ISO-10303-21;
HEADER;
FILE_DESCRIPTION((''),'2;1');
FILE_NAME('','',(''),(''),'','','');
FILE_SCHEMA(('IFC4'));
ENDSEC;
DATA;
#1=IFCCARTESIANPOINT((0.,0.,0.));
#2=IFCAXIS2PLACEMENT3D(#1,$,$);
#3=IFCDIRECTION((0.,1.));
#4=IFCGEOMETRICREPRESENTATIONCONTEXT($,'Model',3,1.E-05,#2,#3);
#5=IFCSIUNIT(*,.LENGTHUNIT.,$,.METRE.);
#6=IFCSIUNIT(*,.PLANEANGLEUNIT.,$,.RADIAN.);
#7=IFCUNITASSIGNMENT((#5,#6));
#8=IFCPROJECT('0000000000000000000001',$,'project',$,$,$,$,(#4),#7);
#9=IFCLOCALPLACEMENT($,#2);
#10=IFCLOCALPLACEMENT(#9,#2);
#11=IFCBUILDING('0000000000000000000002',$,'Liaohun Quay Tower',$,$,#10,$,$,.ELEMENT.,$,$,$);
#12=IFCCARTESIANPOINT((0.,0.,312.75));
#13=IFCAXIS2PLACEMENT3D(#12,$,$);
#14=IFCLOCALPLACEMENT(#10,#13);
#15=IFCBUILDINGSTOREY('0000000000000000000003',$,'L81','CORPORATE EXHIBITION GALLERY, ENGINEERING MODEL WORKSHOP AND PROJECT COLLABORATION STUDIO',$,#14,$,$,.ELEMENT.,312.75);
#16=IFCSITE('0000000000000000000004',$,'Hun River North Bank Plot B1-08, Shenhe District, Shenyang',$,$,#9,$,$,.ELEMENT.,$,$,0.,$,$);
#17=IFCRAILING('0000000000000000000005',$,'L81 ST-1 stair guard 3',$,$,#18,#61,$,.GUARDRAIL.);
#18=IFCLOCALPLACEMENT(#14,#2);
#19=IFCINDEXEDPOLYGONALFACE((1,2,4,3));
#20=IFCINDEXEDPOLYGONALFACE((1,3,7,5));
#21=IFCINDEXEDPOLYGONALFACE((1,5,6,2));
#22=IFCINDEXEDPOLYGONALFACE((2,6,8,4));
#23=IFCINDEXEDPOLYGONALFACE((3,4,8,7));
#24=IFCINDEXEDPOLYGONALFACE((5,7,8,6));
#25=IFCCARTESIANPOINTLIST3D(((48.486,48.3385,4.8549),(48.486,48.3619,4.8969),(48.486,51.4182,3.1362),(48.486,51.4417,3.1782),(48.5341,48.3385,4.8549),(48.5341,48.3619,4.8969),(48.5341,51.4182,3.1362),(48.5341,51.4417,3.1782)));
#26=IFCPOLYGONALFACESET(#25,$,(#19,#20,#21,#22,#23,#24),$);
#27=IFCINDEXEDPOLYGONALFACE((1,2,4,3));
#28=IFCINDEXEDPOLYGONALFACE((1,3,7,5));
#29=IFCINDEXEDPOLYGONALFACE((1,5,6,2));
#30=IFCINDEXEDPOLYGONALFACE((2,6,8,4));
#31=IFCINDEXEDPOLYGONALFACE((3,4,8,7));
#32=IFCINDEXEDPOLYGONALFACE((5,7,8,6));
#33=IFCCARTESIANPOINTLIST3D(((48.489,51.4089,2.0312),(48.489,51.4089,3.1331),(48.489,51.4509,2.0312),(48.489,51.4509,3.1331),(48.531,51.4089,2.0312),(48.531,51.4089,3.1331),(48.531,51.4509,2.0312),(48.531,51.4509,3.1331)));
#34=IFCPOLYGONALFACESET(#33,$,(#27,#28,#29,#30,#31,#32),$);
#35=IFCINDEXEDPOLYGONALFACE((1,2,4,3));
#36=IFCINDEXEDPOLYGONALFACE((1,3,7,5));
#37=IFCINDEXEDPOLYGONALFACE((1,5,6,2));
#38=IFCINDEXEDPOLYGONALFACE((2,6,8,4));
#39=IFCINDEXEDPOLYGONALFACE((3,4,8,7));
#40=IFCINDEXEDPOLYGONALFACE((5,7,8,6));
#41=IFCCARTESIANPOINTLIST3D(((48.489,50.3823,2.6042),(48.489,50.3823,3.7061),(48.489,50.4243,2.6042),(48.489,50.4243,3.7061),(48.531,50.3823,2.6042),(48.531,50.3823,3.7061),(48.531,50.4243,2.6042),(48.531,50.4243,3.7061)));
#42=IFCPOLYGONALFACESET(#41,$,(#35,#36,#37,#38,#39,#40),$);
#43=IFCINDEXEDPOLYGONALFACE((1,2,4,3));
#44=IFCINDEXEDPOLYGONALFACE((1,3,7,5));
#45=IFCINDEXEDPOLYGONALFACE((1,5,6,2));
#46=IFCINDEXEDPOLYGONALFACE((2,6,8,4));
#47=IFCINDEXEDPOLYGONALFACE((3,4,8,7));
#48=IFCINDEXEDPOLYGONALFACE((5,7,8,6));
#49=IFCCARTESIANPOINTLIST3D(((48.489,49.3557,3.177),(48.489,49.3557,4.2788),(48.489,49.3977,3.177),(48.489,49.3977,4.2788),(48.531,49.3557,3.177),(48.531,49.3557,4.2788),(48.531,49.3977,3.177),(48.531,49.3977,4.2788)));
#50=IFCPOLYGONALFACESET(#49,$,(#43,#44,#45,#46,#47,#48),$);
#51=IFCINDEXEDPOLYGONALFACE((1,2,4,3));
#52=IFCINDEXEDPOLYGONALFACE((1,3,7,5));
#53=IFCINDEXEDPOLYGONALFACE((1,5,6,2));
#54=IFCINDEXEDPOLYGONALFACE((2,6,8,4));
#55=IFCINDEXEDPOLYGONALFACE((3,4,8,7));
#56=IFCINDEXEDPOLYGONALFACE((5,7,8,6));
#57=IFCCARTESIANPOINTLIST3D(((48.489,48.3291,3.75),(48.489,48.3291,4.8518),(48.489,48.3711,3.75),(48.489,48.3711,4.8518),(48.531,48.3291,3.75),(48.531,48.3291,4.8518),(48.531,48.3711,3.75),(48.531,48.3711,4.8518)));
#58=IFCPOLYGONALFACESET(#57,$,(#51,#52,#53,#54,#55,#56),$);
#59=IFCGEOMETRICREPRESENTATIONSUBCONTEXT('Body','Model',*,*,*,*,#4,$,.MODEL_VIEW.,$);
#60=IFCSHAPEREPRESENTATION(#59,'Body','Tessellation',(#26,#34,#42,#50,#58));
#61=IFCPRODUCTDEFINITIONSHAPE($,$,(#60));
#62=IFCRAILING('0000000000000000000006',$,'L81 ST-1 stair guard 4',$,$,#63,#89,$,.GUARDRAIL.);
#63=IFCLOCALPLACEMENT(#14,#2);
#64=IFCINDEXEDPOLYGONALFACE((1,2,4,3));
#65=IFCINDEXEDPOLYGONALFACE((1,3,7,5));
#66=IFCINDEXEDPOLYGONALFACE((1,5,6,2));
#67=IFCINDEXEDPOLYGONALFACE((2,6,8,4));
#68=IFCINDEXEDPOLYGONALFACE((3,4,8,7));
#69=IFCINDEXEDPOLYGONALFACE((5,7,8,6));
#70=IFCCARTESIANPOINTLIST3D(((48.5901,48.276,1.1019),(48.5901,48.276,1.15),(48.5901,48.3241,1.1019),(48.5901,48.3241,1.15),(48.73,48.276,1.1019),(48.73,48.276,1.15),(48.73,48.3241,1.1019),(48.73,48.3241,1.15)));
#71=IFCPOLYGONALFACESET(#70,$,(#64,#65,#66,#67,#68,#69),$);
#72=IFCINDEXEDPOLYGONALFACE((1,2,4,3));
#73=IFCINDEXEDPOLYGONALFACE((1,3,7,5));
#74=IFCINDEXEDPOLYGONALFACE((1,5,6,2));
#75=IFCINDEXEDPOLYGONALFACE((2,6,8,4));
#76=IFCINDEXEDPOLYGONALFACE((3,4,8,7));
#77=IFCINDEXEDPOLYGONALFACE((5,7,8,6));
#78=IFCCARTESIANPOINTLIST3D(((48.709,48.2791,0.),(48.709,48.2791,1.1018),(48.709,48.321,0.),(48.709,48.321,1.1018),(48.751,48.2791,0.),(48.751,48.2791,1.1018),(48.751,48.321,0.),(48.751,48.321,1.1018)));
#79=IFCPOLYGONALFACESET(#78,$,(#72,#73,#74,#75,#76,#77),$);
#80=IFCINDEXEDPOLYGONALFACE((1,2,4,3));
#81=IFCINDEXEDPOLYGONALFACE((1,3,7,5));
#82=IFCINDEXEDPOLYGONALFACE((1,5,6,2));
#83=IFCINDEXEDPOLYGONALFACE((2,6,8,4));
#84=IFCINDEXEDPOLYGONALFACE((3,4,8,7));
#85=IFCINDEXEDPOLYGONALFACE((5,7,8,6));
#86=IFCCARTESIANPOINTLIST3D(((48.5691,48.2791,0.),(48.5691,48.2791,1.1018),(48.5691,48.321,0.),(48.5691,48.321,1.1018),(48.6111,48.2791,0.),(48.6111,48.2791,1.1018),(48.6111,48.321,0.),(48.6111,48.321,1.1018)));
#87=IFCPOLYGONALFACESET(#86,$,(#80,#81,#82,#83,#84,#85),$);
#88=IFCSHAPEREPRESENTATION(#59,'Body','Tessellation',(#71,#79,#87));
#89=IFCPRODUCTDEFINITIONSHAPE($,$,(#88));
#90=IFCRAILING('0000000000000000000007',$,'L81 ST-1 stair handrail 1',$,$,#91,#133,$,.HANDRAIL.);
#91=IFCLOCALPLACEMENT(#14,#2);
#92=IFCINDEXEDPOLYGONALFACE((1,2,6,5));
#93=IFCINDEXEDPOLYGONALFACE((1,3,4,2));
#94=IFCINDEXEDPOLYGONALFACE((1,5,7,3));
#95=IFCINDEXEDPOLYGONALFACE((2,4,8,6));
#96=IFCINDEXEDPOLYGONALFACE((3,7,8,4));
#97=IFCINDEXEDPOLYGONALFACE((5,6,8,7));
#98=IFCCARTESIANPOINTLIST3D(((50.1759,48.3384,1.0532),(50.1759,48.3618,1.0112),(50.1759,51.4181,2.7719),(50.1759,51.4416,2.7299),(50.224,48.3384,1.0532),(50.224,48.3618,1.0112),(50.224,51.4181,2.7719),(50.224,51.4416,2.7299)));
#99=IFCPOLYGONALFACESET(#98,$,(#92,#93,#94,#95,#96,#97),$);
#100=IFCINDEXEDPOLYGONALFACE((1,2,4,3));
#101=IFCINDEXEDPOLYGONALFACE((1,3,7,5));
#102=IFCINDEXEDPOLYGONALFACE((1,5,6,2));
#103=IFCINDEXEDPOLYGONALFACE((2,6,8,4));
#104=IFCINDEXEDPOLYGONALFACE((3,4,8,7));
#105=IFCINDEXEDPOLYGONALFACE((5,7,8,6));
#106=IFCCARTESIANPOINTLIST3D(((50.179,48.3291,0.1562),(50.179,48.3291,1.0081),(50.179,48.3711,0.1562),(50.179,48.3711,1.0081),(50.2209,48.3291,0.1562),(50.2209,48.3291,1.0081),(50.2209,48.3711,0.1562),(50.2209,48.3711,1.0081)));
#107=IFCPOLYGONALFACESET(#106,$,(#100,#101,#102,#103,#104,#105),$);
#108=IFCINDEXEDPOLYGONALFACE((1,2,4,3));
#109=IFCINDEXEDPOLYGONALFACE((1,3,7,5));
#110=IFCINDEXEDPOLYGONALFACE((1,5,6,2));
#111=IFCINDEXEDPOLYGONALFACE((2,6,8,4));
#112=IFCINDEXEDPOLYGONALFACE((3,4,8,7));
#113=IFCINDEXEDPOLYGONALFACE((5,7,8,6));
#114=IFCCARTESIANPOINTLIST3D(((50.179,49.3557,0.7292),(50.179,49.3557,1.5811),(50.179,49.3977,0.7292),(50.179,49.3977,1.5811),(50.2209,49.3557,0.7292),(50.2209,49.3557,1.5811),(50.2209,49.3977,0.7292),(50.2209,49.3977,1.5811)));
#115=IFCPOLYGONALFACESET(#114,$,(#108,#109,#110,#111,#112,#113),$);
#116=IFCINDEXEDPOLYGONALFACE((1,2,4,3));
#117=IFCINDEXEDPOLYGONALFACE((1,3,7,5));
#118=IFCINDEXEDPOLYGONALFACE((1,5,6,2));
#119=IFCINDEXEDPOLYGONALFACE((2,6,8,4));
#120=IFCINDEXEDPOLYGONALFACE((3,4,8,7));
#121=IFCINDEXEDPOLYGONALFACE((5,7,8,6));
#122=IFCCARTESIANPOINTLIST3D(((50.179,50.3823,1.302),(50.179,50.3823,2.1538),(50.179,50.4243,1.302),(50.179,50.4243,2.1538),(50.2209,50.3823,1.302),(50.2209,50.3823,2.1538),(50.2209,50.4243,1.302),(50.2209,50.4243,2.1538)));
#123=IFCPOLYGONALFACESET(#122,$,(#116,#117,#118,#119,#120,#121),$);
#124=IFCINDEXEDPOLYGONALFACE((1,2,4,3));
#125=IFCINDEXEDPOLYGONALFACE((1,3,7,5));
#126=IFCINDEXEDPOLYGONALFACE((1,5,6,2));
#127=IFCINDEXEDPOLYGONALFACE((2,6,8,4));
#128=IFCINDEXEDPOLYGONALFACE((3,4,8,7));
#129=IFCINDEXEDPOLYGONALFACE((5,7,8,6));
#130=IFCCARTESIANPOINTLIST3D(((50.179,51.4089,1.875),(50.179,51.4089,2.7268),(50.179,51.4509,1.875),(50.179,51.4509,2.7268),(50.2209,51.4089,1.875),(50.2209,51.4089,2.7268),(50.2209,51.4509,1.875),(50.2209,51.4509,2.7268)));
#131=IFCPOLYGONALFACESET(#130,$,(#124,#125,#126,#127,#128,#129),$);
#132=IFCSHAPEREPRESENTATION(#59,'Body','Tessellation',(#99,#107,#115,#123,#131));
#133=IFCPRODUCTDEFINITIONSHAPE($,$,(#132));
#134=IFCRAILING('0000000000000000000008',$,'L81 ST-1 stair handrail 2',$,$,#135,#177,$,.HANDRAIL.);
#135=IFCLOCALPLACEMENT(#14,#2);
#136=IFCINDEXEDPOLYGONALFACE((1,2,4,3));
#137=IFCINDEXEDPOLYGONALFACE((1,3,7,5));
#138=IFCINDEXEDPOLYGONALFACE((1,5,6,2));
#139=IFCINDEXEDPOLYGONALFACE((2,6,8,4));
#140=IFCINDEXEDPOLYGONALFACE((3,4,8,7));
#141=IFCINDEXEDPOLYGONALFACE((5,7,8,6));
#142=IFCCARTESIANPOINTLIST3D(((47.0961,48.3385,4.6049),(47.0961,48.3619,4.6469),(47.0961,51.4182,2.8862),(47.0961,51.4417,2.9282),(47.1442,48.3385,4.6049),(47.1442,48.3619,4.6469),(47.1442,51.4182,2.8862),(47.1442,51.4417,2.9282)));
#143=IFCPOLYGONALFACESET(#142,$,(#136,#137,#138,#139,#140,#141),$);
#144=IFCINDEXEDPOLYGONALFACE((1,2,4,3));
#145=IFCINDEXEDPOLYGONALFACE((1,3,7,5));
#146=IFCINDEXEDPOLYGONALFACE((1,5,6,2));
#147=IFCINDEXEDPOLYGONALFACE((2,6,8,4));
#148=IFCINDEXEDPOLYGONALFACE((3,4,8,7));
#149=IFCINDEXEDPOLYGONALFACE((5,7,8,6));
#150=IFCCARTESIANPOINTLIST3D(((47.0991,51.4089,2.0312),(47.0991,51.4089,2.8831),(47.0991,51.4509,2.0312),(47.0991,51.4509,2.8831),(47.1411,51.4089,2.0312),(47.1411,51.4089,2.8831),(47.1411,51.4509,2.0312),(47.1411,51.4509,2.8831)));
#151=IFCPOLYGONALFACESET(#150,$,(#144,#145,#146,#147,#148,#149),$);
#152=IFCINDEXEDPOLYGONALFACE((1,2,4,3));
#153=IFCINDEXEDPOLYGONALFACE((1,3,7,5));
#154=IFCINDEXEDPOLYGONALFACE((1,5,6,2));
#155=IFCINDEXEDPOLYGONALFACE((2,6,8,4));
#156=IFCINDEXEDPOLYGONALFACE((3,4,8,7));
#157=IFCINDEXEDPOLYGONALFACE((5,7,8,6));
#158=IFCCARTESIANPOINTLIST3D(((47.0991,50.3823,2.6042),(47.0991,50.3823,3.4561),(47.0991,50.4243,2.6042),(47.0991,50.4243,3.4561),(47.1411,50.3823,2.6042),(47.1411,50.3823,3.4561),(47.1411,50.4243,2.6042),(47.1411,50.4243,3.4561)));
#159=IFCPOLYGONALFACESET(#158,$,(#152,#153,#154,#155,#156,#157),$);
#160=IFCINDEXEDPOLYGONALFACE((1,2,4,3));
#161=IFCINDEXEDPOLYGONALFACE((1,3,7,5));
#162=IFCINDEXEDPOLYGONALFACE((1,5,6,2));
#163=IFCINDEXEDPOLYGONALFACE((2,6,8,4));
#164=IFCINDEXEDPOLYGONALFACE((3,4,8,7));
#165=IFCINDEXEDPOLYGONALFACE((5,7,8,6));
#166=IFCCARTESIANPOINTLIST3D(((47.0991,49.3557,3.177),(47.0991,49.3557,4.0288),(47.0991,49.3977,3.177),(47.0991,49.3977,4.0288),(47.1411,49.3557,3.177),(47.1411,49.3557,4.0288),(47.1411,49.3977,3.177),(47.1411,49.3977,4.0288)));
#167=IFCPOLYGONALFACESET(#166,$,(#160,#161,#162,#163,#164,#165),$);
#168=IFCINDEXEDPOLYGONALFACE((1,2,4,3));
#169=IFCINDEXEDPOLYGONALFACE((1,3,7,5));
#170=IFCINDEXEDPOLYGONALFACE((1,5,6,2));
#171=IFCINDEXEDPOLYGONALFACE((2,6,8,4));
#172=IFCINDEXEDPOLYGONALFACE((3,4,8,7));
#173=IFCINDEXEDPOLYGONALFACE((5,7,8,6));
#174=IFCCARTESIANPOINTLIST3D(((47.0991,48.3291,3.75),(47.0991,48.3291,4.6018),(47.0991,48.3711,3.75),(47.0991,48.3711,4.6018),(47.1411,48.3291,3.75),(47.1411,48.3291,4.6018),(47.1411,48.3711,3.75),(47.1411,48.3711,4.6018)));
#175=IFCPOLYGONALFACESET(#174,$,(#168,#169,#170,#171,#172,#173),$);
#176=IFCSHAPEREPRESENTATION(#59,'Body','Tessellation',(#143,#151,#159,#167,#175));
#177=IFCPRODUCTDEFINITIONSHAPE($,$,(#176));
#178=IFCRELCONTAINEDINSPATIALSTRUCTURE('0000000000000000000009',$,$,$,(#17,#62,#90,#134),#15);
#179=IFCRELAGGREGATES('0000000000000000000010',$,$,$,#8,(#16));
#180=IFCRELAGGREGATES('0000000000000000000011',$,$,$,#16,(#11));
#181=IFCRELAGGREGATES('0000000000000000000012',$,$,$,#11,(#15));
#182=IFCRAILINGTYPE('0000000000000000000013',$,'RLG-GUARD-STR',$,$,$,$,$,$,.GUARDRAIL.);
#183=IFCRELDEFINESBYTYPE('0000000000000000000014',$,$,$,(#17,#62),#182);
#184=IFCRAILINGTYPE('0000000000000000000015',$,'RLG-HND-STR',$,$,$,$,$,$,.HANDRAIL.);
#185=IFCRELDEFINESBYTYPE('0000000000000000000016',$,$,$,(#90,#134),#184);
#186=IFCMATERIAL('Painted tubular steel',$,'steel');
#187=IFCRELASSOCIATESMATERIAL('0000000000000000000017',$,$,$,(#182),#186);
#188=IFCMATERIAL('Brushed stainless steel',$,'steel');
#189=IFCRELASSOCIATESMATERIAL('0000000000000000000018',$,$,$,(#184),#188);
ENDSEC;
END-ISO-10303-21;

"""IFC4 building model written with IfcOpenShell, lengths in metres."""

from ifc_helpers import new_model, si_unit, direction, frame, origin, origin_2d, place, context, subcontext, project, spatial, rectangle, extrude, material, type_object, element, save


model = new_model("IFC4")

# Units and contexts
model_context = context("Model", 3, precision=1e-05, world=origin(), true_north=direction((0.0, 1.0)))
body_context = subcontext(model_context, "Body", "Model", "MODEL_VIEW")
ifc_project = project(units=[si_unit("LENGTHUNIT", "METRE"), si_unit("PLANEANGLEUNIT", "RADIAN")], contexts=[model_context])

# Site, building, storey
site_placement = place(None, origin())
site = spatial("IfcSite", under=ifc_project, at=site_placement, Name="Hun River North Bank Plot B1-08, Shenhe District, Shenyang", CompositionType="ELEMENT", RefElevation=0.0)
building_placement = place(site_placement, origin())
building = spatial("IfcBuilding", under=site, at=building_placement, Name="Liaohun Quay Tower", CompositionType="ELEMENT")
storey_placement = place(building_placement, frame((0.0, 0.0, 312.75)))
storey = spatial("IfcBuildingStorey", under=building, at=storey_placement, Name="L81", Description="CORPORATE EXHIBITION GALLERY, ENGINEERING MODEL WORKSHOP AND PROJECT COLLABORATION STUDIO", CompositionType="ELEMENT", Elevation=312.75)

# Railings
ifc_material_1 = material(Name="Painted tubular steel", Category="steel")
railing_type_1 = type_object("IfcRailingType", Name="RLG-GUARD-STR", PredefinedType="GUARDRAIL", material=ifc_material_1)
railing_1_placement = place(storey_placement, frame((48.51, 51.4299, 2.0312)))
element("IfcRailing", 1, at=railing_1_placement, inside=storey, type_object=railing_type_1, Name="L81 ST-1 stair guard 3", PredefinedType="GUARDRAIL", context=body_context, shape_type="SweptSolid", body=[
    extrude(rectangle(XDim=0.0481, YDim=0.0481, at=origin_2d()), frame((0.0, 0.0, 1.126), z_axis=(0.0, -0.873225, 0.487317), x_axis=(1.0, 0.0, 0.0)), (0.0, 0.0, 1.0), 3.5269),
    extrude(rectangle(XDim=0.042, YDim=0.042, at=origin_2d()), origin(), (0.0, 0.0, 1.0), 1.1018),
    extrude(rectangle(XDim=0.042, YDim=0.042, at=origin_2d()), frame((0.0, -1.0266, 0.573)), (0.0, 0.0, 1.0), 1.1018),
    extrude(rectangle(XDim=0.042, YDim=0.042, at=origin_2d()), frame((0.0, -2.0532, 1.1458)), (0.0, 0.0, 1.0), 1.1018),
    extrude(rectangle(XDim=0.042, YDim=0.042, at=origin_2d()), frame((0.0, -3.0798, 1.7188)), (0.0, 0.0, 1.0), 1.1018),
])
railing_2_placement = place(storey_placement, frame((48.73, 48.3, 0.0)))
element("IfcRailing", 2, at=railing_2_placement, inside=storey, type_object=railing_type_1, Name="L81 ST-1 stair guard 4", PredefinedType="GUARDRAIL", context=body_context, shape_type="SweptSolid", body=[
    extrude(rectangle(XDim=0.0481, YDim=0.0481, at=origin_2d()), frame((0.0, 0.0, 1.126), z_axis=(-1.0, 0.0, 0.0), x_axis=(0.0, -1.0, 0.0)), (0.0, 0.0, 1.0), 0.1399),
    extrude(rectangle(XDim=0.042, YDim=0.042, at=origin_2d()), origin(), (0.0, 0.0, 1.0), 1.1018),
    extrude(rectangle(XDim=0.042, YDim=0.042, at=origin_2d()), frame((-0.1399, 0.0, 0.0)), (0.0, 0.0, 1.0), 1.1018),
])
ifc_material_2 = material(Name="Brushed stainless steel", Category="steel")
railing_type_2 = type_object("IfcRailingType", Name="RLG-HND-STR", PredefinedType="HANDRAIL", material=ifc_material_2)
railing_3_placement = place(storey_placement, frame((50.2, 48.3501, 0.1562)))
element("IfcRailing", 3, at=railing_3_placement, inside=storey, type_object=railing_type_2, Name="L81 ST-1 stair handrail 1", PredefinedType="HANDRAIL", context=body_context, shape_type="SweptSolid", body=[
    extrude(rectangle(XDim=0.0481, YDim=0.0481, at=origin_2d()), frame((0.0, 0.0, 0.876), z_axis=(0.0, 0.873225, 0.487317), x_axis=(-1.0, 0.0, 0.0)), (0.0, 0.0, 1.0), 3.5269),
    extrude(rectangle(XDim=0.042, YDim=0.042, at=origin_2d()), origin(), (0.0, 0.0, 1.0), 0.8518),
    extrude(rectangle(XDim=0.042, YDim=0.042, at=origin_2d()), frame((0.0, 1.0266, 0.573)), (0.0, 0.0, 1.0), 0.8518),
    extrude(rectangle(XDim=0.042, YDim=0.042, at=origin_2d()), frame((0.0, 2.0532, 1.1458)), (0.0, 0.0, 1.0), 0.8518),
    extrude(rectangle(XDim=0.042, YDim=0.042, at=origin_2d()), frame((0.0, 3.0798, 1.7188)), (0.0, 0.0, 1.0), 0.8518),
])
railing_4_placement = place(storey_placement, frame((47.1201, 51.4299, 2.0312)))
element("IfcRailing", 4, at=railing_4_placement, inside=storey, type_object=railing_type_2, Name="L81 ST-1 stair handrail 2", PredefinedType="HANDRAIL", context=body_context, shape_type="SweptSolid", body=[
    extrude(rectangle(XDim=0.0481, YDim=0.0481, at=origin_2d()), frame((0.0, 0.0, 0.876), z_axis=(0.0, -0.873225, 0.487317), x_axis=(1.0, 0.0, 0.0)), (0.0, 0.0, 1.0), 3.5269),
    extrude(rectangle(XDim=0.042, YDim=0.042, at=origin_2d()), origin(), (0.0, 0.0, 1.0), 0.8518),
    extrude(rectangle(XDim=0.042, YDim=0.042, at=origin_2d()), frame((0.0, -1.0266, 0.573)), (0.0, 0.0, 1.0), 0.8518),
    extrude(rectangle(XDim=0.042, YDim=0.042, at=origin_2d()), frame((0.0, -2.0532, 1.1458)), (0.0, 0.0, 1.0), 0.8518),
    extrude(rectangle(XDim=0.042, YDim=0.042, at=origin_2d()), frame((0.0, -3.0798, 1.7188)), (0.0, 0.0, 1.0), 0.8518),
])

save(model, "model.ifc")
